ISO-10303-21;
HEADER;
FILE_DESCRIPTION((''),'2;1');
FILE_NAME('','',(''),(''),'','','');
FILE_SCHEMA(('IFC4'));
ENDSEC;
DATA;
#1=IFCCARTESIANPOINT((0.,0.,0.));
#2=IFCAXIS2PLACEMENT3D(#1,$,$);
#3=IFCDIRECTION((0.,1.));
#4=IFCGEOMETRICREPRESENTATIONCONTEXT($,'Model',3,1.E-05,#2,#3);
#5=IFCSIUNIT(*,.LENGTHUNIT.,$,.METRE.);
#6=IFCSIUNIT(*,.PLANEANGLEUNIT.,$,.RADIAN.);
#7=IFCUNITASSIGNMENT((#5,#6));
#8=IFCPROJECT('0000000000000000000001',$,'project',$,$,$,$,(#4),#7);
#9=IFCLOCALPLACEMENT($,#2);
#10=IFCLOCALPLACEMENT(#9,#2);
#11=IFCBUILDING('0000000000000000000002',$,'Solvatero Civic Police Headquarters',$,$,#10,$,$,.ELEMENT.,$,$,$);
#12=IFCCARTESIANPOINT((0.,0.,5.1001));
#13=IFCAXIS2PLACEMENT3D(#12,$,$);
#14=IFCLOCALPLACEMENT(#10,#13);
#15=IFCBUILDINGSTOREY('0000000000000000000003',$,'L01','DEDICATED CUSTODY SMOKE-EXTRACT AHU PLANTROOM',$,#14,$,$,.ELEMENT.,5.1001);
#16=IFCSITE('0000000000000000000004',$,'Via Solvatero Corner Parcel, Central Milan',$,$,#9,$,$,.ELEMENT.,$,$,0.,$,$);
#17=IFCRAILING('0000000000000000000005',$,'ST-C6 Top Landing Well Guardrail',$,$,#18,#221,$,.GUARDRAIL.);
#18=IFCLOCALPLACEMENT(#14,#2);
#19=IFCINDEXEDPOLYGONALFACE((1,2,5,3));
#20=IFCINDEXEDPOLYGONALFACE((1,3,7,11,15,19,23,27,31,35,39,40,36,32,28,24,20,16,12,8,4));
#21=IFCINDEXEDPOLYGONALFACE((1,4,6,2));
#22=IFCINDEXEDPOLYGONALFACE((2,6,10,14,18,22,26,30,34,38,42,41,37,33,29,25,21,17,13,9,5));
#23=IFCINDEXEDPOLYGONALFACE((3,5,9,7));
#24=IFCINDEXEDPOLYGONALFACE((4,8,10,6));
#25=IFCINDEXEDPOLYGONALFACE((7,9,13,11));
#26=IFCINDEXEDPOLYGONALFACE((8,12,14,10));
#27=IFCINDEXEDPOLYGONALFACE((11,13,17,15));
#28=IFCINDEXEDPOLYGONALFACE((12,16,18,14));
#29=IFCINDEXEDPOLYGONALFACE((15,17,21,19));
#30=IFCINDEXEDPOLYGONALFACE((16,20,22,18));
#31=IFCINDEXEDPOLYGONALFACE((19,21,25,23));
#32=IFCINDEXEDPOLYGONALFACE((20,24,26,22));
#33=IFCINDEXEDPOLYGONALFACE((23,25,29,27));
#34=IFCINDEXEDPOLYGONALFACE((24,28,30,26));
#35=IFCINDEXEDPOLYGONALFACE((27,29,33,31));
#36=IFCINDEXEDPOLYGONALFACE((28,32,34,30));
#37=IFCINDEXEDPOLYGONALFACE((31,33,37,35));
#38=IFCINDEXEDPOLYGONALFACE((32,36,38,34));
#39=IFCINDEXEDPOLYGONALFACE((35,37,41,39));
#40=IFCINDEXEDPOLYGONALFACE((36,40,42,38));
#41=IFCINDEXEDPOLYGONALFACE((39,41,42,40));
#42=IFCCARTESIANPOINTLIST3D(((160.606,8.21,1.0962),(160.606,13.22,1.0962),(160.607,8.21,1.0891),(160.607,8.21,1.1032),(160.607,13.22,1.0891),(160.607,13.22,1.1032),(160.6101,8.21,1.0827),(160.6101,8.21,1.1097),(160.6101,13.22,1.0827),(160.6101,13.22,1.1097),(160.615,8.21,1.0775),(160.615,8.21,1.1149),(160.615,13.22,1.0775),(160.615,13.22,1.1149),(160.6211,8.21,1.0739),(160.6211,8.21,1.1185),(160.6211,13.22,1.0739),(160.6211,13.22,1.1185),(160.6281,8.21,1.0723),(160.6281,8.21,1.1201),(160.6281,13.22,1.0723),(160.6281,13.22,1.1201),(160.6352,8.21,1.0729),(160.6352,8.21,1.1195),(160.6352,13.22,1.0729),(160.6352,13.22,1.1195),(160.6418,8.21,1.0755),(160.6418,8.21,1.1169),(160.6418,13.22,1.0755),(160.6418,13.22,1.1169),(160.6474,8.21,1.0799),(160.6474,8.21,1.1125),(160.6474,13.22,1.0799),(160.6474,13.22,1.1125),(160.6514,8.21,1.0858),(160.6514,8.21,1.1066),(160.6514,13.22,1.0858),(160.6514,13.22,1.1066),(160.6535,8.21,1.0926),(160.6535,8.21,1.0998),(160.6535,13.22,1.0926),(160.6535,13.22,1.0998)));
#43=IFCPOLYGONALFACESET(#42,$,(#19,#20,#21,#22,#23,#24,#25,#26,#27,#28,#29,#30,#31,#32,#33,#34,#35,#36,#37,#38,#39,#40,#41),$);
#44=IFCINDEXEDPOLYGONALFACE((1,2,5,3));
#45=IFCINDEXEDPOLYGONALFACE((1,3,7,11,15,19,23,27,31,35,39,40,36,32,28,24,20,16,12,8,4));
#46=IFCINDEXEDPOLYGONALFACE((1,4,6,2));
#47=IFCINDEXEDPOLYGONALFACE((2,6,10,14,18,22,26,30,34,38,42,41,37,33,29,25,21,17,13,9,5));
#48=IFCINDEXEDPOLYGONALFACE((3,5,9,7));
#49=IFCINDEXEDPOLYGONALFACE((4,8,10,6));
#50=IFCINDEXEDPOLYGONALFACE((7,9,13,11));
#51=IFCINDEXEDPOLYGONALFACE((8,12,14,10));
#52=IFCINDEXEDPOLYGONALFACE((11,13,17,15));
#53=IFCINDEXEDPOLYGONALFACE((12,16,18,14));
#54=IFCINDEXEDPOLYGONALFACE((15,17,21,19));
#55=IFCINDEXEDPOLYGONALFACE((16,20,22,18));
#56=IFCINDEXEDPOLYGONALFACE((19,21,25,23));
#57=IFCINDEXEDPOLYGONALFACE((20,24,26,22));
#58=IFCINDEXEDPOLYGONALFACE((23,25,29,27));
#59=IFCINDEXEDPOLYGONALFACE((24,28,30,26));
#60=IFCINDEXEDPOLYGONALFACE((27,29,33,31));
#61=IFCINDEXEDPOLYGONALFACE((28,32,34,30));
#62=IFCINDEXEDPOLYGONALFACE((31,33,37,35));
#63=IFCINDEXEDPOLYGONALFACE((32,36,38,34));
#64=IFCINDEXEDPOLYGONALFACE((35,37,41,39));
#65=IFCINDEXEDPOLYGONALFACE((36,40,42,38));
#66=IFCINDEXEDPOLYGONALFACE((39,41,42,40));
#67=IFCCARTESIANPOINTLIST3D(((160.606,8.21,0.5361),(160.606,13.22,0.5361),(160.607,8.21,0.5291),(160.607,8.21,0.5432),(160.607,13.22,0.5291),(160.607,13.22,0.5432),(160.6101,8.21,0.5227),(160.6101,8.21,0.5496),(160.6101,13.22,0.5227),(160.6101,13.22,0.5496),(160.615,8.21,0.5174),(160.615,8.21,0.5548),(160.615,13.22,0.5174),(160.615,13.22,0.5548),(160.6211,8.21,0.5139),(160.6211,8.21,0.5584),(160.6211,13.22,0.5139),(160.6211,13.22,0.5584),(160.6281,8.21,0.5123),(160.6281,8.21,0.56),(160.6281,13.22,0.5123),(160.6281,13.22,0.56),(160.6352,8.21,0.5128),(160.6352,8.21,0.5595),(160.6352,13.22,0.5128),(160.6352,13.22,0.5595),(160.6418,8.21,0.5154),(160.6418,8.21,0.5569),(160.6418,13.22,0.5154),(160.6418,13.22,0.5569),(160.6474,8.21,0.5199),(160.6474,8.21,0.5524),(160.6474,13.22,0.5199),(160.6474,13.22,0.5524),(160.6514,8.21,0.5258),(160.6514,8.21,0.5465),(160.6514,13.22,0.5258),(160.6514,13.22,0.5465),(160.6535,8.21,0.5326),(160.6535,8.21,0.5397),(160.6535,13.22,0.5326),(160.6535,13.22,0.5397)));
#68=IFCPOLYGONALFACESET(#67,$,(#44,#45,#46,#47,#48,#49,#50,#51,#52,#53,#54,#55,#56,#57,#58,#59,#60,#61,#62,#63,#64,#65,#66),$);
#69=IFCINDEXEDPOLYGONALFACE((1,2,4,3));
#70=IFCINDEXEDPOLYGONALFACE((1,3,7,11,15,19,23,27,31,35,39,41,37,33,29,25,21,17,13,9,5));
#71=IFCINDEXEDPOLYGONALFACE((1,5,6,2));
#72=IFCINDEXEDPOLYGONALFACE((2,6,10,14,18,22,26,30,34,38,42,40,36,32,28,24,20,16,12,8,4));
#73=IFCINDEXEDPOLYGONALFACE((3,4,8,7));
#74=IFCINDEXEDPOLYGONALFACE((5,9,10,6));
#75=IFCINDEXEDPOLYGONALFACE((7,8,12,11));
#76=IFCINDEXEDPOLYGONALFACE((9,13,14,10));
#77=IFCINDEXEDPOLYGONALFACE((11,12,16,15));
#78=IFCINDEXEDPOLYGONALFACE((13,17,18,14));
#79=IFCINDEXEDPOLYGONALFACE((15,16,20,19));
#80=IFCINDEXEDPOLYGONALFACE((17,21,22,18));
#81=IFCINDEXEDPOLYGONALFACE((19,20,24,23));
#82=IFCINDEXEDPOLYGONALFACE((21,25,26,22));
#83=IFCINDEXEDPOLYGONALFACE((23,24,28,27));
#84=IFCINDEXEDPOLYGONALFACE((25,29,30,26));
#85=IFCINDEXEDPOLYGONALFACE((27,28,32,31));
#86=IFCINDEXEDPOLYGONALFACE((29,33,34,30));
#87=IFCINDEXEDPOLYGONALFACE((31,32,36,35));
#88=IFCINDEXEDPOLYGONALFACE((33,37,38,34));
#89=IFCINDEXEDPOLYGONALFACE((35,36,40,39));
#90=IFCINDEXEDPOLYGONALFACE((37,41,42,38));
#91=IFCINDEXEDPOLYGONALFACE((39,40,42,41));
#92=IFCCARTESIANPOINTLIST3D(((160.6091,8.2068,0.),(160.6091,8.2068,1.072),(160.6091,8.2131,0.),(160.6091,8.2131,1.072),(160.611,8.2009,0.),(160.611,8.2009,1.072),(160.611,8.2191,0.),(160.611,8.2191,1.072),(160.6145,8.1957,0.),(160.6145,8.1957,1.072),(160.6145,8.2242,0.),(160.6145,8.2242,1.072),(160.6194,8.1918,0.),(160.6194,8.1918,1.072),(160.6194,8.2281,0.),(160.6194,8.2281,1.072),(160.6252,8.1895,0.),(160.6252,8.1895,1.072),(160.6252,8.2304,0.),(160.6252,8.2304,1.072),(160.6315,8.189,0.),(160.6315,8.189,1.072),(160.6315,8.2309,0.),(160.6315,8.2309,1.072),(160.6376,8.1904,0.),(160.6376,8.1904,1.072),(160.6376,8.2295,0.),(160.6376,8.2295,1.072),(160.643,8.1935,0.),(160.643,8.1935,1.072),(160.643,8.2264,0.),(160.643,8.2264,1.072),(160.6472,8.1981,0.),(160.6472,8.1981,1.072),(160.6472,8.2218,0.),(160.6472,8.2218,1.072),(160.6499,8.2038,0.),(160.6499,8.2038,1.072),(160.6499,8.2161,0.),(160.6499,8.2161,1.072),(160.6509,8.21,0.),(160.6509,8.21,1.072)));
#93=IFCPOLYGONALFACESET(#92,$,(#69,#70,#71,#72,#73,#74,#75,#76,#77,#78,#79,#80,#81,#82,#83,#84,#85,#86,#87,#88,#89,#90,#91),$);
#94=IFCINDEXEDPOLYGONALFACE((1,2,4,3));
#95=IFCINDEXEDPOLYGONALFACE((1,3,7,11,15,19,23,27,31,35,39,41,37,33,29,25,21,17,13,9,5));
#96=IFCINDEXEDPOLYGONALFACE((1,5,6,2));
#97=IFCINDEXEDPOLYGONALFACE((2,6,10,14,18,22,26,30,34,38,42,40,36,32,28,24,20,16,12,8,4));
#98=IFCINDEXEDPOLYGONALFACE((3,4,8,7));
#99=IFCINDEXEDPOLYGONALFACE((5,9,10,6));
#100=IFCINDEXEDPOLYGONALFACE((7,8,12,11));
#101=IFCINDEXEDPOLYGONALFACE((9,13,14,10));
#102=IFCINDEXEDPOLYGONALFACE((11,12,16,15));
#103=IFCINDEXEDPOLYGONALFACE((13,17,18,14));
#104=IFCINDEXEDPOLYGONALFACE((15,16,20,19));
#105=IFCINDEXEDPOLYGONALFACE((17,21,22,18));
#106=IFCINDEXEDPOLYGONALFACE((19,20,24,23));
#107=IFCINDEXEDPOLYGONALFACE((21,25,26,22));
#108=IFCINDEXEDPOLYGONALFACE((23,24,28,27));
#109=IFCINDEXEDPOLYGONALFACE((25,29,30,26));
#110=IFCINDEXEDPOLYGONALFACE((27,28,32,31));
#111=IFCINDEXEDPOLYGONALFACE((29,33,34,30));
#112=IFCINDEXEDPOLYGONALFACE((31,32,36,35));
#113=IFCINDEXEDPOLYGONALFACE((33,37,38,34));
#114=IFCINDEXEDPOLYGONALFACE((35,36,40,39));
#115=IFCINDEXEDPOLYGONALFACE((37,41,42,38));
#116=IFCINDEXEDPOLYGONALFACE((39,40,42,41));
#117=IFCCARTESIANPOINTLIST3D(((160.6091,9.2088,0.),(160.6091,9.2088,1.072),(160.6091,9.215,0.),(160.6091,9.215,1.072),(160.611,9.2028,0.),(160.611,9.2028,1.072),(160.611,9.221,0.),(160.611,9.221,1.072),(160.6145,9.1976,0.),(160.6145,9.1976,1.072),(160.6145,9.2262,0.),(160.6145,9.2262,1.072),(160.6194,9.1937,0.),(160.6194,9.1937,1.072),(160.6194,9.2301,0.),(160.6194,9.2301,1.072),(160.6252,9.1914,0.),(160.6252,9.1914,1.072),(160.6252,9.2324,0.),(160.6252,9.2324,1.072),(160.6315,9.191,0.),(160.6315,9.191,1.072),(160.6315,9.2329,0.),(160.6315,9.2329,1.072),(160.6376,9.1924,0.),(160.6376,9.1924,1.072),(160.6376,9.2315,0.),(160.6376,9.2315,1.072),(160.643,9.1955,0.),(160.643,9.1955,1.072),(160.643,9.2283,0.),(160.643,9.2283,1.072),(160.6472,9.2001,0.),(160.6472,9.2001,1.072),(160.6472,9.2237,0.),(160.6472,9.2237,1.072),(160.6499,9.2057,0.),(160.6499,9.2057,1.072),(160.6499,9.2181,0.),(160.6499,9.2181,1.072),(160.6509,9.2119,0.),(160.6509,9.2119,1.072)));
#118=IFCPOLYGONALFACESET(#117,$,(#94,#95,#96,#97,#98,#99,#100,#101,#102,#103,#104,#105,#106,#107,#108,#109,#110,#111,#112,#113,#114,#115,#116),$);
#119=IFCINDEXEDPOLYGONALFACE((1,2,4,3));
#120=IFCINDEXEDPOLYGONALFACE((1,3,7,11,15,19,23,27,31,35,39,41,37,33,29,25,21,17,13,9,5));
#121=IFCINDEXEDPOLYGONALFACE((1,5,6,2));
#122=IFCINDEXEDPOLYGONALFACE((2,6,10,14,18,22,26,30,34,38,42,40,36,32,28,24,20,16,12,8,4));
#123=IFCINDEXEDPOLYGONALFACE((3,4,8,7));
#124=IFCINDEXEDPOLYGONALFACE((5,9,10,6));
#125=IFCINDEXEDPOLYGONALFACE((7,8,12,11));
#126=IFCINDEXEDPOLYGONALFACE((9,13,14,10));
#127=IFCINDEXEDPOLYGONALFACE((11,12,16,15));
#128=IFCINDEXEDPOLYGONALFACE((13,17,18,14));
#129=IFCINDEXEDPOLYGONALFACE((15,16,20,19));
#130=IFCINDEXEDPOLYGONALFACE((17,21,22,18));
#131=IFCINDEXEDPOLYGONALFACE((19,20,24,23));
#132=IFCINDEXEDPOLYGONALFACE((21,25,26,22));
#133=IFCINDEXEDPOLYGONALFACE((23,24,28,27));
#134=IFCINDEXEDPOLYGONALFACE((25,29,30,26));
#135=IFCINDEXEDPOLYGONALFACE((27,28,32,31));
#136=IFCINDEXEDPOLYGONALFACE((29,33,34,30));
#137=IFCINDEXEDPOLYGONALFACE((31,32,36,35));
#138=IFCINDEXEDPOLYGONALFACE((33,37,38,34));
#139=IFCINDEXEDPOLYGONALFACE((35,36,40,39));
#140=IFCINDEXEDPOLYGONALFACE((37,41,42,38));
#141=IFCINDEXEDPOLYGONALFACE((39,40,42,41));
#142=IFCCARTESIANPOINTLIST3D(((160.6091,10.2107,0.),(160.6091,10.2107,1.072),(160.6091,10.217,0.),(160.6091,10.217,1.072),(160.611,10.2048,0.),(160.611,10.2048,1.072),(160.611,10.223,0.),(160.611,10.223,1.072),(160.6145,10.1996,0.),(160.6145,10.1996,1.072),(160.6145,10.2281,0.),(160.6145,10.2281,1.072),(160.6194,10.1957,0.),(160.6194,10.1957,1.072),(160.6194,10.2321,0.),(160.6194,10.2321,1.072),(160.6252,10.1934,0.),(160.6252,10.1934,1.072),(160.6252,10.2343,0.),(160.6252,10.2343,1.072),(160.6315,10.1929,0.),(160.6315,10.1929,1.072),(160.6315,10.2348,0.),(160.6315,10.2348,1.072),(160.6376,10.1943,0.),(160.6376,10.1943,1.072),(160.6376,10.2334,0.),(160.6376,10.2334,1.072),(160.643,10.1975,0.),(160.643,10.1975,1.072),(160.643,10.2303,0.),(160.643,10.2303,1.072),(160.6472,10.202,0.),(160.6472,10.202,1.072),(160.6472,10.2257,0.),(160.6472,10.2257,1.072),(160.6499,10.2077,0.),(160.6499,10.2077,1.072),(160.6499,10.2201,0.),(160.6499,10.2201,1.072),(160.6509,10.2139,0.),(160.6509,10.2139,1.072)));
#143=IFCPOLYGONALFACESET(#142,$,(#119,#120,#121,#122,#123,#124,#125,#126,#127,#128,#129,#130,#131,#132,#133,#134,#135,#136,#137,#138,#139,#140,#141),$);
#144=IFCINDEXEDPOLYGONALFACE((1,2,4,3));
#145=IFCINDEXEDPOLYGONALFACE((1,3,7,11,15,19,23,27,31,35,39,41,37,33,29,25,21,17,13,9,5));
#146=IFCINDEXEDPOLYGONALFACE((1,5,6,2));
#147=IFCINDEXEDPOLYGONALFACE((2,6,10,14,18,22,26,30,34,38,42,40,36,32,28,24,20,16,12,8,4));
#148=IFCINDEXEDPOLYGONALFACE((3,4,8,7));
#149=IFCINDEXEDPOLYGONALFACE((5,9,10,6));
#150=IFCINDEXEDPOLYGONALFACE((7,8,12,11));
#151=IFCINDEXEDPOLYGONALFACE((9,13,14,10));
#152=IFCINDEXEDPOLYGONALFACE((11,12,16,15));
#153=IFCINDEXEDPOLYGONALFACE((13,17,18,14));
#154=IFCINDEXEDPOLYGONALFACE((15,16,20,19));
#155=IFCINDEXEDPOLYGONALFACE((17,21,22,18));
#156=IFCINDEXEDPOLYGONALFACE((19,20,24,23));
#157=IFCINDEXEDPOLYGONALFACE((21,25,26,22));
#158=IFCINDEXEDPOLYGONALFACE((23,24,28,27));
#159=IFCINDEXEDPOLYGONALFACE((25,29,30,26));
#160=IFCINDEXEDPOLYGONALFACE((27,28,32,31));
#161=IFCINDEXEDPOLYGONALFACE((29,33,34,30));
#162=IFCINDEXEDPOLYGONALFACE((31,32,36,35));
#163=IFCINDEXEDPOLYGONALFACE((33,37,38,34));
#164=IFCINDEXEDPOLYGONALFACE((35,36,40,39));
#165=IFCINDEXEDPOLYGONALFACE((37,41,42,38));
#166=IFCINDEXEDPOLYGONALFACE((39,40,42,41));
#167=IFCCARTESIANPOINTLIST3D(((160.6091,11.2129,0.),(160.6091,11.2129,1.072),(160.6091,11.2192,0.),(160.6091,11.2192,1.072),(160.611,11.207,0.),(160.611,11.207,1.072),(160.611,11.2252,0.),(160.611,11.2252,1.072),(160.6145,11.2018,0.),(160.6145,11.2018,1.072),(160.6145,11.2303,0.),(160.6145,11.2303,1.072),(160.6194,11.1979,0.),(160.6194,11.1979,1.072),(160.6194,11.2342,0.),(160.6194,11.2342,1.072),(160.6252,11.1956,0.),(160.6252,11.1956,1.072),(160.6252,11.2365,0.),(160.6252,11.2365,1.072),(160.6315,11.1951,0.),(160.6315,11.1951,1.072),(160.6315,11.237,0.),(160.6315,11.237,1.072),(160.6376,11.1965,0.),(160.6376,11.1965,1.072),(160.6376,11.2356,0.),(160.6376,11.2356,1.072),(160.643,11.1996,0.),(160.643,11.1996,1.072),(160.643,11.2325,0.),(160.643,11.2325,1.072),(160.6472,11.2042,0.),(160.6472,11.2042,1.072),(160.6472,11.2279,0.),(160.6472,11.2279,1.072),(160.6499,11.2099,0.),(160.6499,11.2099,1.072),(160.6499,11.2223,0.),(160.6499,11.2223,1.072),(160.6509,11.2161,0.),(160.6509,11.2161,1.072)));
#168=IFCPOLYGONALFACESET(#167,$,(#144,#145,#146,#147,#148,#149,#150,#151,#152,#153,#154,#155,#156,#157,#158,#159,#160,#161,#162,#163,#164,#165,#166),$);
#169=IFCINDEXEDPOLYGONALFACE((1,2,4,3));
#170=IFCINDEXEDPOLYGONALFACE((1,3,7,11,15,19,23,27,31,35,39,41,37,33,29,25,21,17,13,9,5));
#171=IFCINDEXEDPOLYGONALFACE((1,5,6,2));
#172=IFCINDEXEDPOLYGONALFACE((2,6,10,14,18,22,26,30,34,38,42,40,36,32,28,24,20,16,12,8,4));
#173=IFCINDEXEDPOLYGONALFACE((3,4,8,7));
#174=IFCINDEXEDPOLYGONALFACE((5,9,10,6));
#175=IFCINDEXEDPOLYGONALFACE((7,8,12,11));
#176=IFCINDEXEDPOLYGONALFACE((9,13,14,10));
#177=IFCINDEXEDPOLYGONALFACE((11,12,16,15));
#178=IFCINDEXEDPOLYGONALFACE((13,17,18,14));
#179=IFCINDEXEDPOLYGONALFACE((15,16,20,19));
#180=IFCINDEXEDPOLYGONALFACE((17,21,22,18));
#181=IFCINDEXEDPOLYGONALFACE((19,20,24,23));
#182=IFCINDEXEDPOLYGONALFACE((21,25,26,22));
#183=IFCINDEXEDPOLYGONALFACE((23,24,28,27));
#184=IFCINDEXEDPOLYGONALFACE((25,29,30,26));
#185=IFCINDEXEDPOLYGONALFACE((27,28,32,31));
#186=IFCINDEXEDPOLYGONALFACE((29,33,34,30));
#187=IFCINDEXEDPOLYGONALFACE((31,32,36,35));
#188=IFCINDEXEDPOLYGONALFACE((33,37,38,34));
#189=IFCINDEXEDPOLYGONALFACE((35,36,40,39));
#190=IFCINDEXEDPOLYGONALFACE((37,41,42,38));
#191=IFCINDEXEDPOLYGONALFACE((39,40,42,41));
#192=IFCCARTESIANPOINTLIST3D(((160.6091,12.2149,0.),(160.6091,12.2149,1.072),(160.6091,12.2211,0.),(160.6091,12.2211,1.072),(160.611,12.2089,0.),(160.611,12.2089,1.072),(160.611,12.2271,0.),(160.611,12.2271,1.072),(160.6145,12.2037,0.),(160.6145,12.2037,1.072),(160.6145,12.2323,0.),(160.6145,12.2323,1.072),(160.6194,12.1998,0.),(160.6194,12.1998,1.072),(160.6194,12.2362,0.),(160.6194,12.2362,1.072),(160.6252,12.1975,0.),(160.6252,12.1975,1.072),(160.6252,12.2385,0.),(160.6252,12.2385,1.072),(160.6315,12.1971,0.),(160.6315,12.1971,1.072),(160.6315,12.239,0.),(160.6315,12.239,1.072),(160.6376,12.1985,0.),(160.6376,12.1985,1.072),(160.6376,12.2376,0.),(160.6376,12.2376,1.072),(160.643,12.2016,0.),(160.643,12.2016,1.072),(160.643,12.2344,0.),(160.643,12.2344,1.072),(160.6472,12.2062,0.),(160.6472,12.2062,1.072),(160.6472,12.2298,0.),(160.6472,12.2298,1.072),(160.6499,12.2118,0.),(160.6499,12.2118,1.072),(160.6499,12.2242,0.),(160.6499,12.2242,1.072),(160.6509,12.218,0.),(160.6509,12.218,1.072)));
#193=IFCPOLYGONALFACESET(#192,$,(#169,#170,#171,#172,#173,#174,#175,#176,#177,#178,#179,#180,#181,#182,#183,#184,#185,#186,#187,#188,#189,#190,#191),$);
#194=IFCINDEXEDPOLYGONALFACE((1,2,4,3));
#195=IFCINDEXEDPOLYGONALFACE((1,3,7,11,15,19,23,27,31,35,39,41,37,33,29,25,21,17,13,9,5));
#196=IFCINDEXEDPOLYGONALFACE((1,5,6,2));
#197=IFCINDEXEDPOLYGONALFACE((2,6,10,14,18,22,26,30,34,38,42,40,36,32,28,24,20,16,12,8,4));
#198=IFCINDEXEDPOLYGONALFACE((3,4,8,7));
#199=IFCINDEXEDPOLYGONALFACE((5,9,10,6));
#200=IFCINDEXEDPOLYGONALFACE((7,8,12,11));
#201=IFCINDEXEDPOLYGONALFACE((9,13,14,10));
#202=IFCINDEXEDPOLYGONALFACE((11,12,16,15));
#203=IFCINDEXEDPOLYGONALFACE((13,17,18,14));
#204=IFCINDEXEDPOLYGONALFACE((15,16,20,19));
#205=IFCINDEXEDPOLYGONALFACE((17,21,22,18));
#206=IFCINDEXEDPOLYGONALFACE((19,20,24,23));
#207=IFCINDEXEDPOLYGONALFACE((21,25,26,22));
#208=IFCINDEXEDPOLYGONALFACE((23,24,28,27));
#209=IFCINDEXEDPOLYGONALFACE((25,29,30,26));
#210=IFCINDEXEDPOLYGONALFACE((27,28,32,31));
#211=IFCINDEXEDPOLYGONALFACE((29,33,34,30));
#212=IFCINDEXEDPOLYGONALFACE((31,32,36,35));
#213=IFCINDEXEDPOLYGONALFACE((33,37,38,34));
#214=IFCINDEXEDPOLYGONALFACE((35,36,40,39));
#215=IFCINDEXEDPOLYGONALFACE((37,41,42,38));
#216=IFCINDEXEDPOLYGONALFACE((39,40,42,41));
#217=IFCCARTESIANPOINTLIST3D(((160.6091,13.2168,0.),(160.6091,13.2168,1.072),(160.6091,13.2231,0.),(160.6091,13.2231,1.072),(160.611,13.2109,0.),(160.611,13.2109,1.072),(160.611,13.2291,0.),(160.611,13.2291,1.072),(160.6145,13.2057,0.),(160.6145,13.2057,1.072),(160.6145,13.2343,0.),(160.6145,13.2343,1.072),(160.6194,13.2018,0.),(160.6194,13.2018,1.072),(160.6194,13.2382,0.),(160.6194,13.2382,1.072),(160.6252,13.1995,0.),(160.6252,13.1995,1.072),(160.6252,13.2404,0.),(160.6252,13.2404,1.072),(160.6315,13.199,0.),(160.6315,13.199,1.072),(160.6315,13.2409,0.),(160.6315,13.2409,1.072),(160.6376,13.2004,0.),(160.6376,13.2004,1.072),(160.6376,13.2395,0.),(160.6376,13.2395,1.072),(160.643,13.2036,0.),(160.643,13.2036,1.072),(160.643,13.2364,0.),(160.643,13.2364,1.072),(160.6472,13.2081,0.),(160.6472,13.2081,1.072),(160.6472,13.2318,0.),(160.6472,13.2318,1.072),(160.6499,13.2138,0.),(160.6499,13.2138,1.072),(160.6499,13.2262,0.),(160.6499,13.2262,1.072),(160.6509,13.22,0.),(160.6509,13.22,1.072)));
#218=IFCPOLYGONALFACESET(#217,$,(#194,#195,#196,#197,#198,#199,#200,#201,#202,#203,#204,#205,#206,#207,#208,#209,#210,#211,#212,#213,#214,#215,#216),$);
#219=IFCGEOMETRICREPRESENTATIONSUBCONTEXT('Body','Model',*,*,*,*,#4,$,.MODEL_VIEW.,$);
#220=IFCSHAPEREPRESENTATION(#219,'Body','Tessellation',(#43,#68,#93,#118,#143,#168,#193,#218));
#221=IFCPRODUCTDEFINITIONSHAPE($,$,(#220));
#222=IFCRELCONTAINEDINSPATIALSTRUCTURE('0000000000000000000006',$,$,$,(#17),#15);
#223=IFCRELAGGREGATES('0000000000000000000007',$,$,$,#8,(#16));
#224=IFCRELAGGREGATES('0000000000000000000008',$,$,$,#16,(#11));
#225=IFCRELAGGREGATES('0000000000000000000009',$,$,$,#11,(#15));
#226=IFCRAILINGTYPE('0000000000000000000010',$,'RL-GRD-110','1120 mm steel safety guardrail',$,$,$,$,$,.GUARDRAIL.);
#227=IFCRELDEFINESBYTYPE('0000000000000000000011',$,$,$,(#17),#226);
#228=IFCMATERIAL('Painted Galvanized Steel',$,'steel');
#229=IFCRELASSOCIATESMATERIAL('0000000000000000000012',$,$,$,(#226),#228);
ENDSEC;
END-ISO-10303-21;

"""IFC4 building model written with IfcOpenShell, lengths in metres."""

from ifc_helpers import new_model, si_unit, direction, frame, origin, origin_2d, place, context, subcontext, project, spatial, circle, extrude, material, type_object, element, save


model = new_model("IFC4")

# Units and contexts
model_context = context("Model", 3, precision=1e-05, world=origin(), true_north=direction((0.0, 1.0)))
body_context = subcontext(model_context, "Body", "Model", "MODEL_VIEW")
ifc_project = project(units=[si_unit("LENGTHUNIT", "METRE"), si_unit("PLANEANGLEUNIT", "RADIAN")], contexts=[model_context])

# Site, building, storey
site_placement = place(None, origin())
site = spatial("IfcSite", under=ifc_project, at=site_placement, Name="Via Solvatero Corner Parcel, Central Milan", CompositionType="ELEMENT", RefElevation=0.0)
building_placement = place(site_placement, origin())
building = spatial("IfcBuilding", under=site, at=building_placement, Name="Solvatero Civic Police Headquarters", CompositionType="ELEMENT")
storey_placement = place(building_placement, frame((0.0, 0.0, 5.1001)))
storey = spatial("IfcBuildingStorey", under=building, at=storey_placement, Name="L01", Description="DEDICATED CUSTODY SMOKE-EXTRACT AHU PLANTROOM", CompositionType="ELEMENT", Elevation=5.1001)

# Railing
ifc_material_1 = material(Name="Painted Galvanized Steel", Category="steel")
railing_type = type_object("IfcRailingType", Name="RL-GRD-110", Description="1120 mm steel safety guardrail", PredefinedType="GUARDRAIL", material=ifc_material_1)
railing_1_placement = place(storey_placement, frame((160.6299, 8.21, 0.0)))
element("IfcRailing", 1, at=railing_1_placement, inside=storey, type_object=railing_type, Name="ST-C6 Top Landing Well Guardrail", PredefinedType="GUARDRAIL", context=body_context, shape_type="SweptSolid", body=[
    extrude(circle(Radius=0.0239, at=origin_2d()), frame((0.0, 0.0, 1.0962), z_axis=(0.0, 1.0, 0.0), x_axis=(-1.0, 0.0, 0.0)), (0.0, 0.0, 1.0), 5.01),
    extrude(circle(Radius=0.0239, at=origin_2d()), frame((0.0, 0.0, 0.5361), z_axis=(0.0, 1.0, 0.0), x_axis=(-1.0, 0.0, 0.0)), (0.0, 0.0, 1.0), 5.01),
    extrude(circle(Radius=0.021, at=origin_2d()), origin(), (0.0, 0.0, 1.0), 1.072),
    extrude(circle(Radius=0.021, at=origin_2d()), frame((0.0, 1.002, 0.0)), (0.0, 0.0, 1.0), 1.072),
    extrude(circle(Radius=0.021, at=origin_2d()), frame((0.0, 2.0039, 0.0)), (0.0, 0.0, 1.0), 1.072),
    extrude(circle(Radius=0.021, at=origin_2d()), frame((0.0, 3.0061, 0.0)), (0.0, 0.0, 1.0), 1.072),
    extrude(circle(Radius=0.021, at=origin_2d()), frame((0.0, 4.0081, 0.0)), (0.0, 0.0, 1.0), 1.072),
    extrude(circle(Radius=0.021, at=origin_2d()), frame((0.0, 5.01, 0.0)), (0.0, 0.0, 1.0), 1.072),
])

save(model, "model.ifc")
